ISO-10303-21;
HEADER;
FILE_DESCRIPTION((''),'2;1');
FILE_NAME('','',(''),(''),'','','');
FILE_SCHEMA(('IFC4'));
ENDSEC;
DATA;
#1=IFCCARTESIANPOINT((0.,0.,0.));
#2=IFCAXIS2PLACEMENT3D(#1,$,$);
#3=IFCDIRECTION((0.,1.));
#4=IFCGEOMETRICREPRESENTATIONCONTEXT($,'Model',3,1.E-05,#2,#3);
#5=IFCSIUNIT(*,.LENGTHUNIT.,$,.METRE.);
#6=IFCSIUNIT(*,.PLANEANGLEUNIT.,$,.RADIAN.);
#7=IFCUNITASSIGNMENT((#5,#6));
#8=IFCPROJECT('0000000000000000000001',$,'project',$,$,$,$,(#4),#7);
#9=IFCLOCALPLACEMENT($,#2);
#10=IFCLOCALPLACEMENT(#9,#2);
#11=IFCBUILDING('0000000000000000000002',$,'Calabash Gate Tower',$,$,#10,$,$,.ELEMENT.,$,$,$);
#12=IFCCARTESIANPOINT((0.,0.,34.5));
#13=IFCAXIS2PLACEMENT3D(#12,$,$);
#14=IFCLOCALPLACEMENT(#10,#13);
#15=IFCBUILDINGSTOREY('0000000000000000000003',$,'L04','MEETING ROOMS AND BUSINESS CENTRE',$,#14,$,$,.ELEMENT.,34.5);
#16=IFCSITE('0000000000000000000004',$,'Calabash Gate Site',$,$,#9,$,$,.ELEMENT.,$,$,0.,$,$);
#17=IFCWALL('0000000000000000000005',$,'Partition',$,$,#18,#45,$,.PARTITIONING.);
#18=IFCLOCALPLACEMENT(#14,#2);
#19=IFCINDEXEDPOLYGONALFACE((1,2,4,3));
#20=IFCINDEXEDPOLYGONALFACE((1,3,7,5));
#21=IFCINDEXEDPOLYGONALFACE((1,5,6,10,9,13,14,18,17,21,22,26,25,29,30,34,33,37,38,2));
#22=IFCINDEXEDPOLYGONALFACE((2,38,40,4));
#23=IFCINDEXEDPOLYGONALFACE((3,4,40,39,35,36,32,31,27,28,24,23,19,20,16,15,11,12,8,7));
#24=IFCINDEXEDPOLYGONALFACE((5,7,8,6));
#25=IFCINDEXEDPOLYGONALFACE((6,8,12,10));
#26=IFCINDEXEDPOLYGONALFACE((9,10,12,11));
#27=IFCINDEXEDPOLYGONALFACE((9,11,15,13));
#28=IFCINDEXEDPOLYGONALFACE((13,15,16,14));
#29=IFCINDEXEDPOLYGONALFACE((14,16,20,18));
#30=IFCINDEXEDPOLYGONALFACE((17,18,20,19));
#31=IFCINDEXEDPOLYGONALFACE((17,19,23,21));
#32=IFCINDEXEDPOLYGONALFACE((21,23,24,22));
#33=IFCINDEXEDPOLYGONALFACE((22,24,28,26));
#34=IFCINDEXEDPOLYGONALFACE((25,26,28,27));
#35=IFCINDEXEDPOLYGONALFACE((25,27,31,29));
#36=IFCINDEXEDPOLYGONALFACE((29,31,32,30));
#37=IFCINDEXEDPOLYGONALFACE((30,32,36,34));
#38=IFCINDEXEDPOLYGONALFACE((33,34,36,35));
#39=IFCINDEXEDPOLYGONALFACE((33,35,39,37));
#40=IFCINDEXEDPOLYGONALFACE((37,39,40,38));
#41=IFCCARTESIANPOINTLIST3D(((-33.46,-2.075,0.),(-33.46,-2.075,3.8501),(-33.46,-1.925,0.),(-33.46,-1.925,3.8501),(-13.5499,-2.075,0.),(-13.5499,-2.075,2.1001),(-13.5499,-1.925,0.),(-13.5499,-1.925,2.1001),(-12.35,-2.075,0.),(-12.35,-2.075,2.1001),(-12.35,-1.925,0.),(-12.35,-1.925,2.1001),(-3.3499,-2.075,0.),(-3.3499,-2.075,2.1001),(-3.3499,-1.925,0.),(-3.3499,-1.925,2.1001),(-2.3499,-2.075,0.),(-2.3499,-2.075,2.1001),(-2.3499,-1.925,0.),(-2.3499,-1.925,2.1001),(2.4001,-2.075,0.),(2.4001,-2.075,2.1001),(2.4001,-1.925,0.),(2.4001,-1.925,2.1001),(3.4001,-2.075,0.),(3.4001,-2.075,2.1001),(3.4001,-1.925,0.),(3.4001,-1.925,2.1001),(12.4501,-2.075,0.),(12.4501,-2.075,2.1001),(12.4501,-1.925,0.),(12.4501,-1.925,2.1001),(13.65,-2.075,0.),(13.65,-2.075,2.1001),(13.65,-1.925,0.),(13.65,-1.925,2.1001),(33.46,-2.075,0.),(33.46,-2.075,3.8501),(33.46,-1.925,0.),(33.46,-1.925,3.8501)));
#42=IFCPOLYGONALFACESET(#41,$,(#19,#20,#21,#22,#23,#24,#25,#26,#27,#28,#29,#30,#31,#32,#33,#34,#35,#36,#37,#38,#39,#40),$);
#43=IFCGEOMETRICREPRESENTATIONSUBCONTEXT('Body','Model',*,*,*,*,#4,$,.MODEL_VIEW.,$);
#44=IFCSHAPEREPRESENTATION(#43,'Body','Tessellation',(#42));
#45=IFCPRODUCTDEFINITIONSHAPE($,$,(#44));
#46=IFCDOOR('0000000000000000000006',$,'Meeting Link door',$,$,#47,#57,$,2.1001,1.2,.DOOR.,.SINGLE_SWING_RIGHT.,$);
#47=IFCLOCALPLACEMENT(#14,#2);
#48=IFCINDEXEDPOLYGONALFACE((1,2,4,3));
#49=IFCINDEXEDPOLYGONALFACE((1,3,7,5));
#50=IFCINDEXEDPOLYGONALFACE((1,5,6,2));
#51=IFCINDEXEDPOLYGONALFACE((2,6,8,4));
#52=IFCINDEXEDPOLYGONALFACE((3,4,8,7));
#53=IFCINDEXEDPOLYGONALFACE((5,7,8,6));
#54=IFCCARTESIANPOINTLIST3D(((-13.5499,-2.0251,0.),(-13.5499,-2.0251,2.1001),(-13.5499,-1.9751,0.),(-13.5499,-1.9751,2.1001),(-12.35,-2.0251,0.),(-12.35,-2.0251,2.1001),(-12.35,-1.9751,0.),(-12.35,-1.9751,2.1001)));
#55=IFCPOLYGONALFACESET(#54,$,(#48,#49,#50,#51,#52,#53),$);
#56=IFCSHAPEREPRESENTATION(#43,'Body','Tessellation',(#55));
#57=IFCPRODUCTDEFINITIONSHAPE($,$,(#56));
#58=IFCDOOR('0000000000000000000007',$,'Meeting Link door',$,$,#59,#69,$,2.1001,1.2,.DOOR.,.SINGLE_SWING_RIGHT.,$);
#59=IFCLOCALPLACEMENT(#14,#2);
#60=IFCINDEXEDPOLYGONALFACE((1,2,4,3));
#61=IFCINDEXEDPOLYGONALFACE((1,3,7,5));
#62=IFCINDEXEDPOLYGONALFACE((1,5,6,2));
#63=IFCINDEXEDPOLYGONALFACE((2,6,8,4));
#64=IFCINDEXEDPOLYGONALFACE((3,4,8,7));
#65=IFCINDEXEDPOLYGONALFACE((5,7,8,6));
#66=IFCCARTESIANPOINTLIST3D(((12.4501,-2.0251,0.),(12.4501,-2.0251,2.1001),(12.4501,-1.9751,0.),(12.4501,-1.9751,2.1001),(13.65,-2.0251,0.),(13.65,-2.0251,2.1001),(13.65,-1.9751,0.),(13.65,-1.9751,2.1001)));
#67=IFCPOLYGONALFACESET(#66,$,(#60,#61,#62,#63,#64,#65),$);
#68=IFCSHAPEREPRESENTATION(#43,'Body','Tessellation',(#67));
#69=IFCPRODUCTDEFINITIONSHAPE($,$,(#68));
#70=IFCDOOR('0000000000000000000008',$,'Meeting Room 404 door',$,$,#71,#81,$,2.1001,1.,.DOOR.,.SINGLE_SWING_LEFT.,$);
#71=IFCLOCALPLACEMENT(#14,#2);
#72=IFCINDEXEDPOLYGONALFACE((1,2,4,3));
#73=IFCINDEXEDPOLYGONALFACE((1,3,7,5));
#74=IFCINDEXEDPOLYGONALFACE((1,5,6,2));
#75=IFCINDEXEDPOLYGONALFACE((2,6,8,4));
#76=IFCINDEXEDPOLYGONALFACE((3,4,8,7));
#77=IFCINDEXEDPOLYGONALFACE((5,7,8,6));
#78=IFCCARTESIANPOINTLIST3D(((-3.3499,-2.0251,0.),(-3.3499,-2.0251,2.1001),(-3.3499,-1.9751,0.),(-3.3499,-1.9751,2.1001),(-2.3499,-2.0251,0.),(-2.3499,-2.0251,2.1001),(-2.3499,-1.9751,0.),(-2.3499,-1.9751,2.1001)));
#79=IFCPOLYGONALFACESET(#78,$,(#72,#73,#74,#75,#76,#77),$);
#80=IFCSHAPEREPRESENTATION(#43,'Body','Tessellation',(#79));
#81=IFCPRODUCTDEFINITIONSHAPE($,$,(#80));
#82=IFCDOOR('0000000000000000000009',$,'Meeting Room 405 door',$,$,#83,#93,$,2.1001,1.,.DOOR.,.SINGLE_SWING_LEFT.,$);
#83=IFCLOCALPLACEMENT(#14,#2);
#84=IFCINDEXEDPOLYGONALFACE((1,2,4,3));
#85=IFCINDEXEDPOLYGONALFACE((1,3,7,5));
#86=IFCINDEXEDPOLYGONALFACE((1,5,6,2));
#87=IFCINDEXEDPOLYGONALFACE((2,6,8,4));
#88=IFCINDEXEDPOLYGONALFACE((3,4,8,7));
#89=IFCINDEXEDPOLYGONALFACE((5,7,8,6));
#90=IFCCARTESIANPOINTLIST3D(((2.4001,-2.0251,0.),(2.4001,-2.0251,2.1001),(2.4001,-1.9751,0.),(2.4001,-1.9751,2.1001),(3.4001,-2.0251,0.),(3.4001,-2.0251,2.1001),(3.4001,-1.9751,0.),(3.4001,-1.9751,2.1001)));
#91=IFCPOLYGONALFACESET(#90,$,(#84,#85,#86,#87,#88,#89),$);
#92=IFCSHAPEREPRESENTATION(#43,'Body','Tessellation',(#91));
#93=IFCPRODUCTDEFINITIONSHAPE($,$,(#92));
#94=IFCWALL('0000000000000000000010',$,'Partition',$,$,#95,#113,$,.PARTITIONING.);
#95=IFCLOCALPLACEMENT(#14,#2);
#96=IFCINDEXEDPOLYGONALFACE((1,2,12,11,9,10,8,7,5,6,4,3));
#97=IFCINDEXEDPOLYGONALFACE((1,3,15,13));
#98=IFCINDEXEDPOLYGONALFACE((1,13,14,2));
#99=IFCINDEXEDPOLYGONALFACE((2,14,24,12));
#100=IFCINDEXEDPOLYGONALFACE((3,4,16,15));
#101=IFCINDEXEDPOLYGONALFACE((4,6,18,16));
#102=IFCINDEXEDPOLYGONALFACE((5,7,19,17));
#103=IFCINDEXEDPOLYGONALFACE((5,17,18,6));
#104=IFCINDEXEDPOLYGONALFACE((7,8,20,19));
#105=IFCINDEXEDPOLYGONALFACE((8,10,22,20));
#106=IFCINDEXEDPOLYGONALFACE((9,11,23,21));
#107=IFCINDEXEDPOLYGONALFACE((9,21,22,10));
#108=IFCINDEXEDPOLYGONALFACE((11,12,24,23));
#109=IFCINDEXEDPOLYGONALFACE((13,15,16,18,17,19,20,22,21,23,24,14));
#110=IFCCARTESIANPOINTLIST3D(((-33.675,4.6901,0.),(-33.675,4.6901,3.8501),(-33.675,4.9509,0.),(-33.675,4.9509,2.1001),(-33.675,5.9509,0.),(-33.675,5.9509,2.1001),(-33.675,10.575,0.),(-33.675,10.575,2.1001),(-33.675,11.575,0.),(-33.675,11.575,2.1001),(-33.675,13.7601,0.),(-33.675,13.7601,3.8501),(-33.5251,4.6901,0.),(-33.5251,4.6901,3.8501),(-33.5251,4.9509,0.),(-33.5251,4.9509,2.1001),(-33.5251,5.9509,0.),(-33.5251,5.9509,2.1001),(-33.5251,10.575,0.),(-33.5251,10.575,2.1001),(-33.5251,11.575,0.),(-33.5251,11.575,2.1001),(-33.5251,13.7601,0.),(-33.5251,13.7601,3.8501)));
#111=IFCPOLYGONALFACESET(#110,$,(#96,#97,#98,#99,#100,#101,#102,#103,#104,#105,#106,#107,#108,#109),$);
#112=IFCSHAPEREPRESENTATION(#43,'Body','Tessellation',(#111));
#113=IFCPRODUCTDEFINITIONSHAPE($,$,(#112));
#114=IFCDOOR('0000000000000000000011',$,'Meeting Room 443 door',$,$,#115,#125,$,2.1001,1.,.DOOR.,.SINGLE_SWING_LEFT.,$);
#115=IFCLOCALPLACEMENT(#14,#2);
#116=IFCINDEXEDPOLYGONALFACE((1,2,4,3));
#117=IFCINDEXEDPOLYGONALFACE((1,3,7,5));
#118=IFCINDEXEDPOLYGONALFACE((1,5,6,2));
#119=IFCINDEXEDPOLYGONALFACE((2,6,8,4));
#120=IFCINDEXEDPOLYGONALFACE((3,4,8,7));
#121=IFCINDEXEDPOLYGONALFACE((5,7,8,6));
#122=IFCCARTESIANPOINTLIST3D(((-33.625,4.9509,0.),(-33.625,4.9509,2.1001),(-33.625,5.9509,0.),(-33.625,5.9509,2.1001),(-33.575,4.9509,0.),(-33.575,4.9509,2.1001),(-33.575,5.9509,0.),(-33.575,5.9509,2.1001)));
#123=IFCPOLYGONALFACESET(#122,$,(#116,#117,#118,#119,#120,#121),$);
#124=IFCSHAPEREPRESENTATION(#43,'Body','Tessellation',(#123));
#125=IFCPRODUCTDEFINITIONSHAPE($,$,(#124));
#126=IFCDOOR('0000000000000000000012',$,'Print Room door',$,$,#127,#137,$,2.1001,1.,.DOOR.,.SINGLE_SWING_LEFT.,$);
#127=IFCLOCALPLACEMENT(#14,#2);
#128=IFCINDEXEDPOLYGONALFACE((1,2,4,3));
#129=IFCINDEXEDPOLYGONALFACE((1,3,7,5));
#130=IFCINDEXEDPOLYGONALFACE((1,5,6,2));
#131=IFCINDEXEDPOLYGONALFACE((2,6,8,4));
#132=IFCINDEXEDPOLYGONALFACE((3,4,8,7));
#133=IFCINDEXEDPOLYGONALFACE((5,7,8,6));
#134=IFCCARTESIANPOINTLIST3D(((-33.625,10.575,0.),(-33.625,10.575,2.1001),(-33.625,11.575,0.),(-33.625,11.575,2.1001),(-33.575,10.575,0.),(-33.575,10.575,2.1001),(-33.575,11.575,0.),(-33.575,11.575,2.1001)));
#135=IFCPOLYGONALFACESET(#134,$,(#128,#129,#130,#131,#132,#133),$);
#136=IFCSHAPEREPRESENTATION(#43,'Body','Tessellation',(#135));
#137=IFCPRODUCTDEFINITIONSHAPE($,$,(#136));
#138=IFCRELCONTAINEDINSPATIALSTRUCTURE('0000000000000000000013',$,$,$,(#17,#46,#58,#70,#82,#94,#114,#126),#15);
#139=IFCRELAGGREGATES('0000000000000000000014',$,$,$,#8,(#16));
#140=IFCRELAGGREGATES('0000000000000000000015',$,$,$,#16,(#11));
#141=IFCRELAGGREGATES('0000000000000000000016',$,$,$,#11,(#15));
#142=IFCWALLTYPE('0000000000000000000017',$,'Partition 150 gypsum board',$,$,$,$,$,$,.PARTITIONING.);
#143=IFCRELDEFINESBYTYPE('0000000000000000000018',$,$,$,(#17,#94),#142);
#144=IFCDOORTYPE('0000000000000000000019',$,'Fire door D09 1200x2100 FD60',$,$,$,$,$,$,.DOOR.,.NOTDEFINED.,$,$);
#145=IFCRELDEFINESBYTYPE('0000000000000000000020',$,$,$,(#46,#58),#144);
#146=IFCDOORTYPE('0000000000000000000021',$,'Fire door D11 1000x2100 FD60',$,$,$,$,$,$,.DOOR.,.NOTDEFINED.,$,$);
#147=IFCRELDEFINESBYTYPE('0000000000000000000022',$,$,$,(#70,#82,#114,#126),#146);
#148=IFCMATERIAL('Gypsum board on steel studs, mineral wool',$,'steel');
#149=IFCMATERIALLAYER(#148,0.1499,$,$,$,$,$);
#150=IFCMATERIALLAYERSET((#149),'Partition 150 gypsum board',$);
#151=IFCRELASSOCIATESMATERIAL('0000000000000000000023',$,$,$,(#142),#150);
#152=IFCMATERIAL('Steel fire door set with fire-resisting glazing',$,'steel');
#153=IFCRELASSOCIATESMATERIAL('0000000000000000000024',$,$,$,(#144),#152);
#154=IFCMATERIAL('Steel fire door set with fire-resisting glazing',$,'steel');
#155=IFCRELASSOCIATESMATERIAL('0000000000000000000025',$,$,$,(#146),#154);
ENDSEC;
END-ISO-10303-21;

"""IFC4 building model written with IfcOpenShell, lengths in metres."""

from ifc_helpers import new_model, si_unit, direction, frame, frame_2d, origin, place, context, subcontext, project, spatial, rectangle, extrude, material, layer, layer_set, type_object, element, fill, save


model = new_model("IFC4")

# Units and contexts
model_context = context("Model", 3, precision=1e-05, world=origin(), true_north=direction((0.0, 1.0)))
body_context = subcontext(model_context, "Body", "Model", "MODEL_VIEW")
ifc_project = project(units=[si_unit("LENGTHUNIT", "METRE"), si_unit("PLANEANGLEUNIT", "RADIAN")], contexts=[model_context])

# Site, building, storey
site_placement = place(None, origin())
site = spatial("IfcSite", under=ifc_project, at=site_placement, Name="Calabash Gate Site", CompositionType="ELEMENT", RefElevation=0.0)
building_placement = place(site_placement, origin())
building = spatial("IfcBuilding", under=site, at=building_placement, Name="Calabash Gate Tower", CompositionType="ELEMENT")
storey_placement = place(building_placement, frame((0.0, 0.0, 34.5)))
storey = spatial("IfcBuildingStorey", under=building, at=storey_placement, Name="L04", Description="MEETING ROOMS AND BUSINESS CENTRE", CompositionType="ELEMENT", Elevation=34.5)

# Walls, openings, doors
ifc_material_1 = material(Name="Gypsum board on steel studs, mineral wool", Category="steel")
ifc_layer_1 = layer(ifc_material_1, 0.1499)
ifc_layer_set_1 = layer_set([ifc_layer_1], Name="Partition 150 gypsum board")
wall_type_1 = type_object("IfcWallType", Name="Partition 150 gypsum board", PredefinedType="PARTITIONING", material=ifc_layer_set_1)
wall_1_placement = place(storey_placement, frame((-33.46, -2.0, 0.0), z_axis=(0.0, 0.0, 1.0), x_axis=(1.0, 0.0, 0.0)))
wall_1 = element("IfcWall", 1, at=wall_1_placement, inside=storey, type_object=wall_type_1, Name="Partition", PredefinedType="PARTITIONING", context=body_context, shape_type="SweptSolid", body=[
    extrude(rectangle(XDim=66.9199, YDim=0.1499, at=frame_2d((33.46, 0.0))), origin(), (0.0, 0.0, 1.0), 3.8501),
])
opening_1_placement = place(wall_1_placement, frame((19.9099, 0.0, 0.0)))
opening_1 = element("IfcOpeningElement", 2, at=opening_1_placement, cuts=wall_1, PredefinedType="OPENING", context=body_context, shape_type="SweptSolid", body=[
    extrude(rectangle(XDim=1.2, YDim=2.1001, at=frame_2d((0.6001, 1.05))), frame((0.0, 0.085, 0.0), z_axis=(0.0, -1.0, 0.0), x_axis=(1.0, 0.0, 0.0)), (0.0, 0.0, 1.0), 0.1699),
])
opening_2_placement = place(wall_1_placement, frame((45.9099, 0.0, 0.0)))
opening_2 = element("IfcOpeningElement", 3, at=opening_2_placement, cuts=wall_1, PredefinedType="OPENING", context=body_context, shape_type="SweptSolid", body=[
    extrude(rectangle(XDim=1.2, YDim=2.1001, at=frame_2d((0.6001, 1.05))), frame((0.0, 0.085, 0.0), z_axis=(0.0, -1.0, 0.0), x_axis=(1.0, 0.0, 0.0)), (0.0, 0.0, 1.0), 0.1699),
])
opening_3_placement = place(wall_1_placement, frame((30.1101, 0.0, 0.0)))
opening_3 = element("IfcOpeningElement", 4, at=opening_3_placement, cuts=wall_1, PredefinedType="OPENING", context=body_context, shape_type="SweptSolid", body=[
    extrude(rectangle(XDim=1.0, YDim=2.1001, at=frame_2d((0.5, 1.05))), frame((0.0, 0.085, 0.0), z_axis=(0.0, -1.0, 0.0), x_axis=(1.0, 0.0, 0.0)), (0.0, 0.0, 1.0), 0.1699),
])
opening_4_placement = place(wall_1_placement, frame((35.8601, 0.0, 0.0)))
opening_4 = element("IfcOpeningElement", 5, at=opening_4_placement, cuts=wall_1, PredefinedType="OPENING", context=body_context, shape_type="SweptSolid", body=[
    extrude(rectangle(XDim=1.0, YDim=2.1001, at=frame_2d((0.5, 1.05))), frame((0.0, 0.085, 0.0), z_axis=(0.0, -1.0, 0.0), x_axis=(1.0, 0.0, 0.0)), (0.0, 0.0, 1.0), 0.1699),
])
ifc_material_2 = material(Name="Steel fire door set with fire-resisting glazing", Category="steel")
door_type_1 = type_object("IfcDoorType", Name="Fire door D09 1200x2100 FD60", OperationType="NOTDEFINED", PredefinedType="DOOR", material=ifc_material_2)
door_1_placement = place(opening_1_placement, origin())
door_1 = element("IfcDoor", 6, at=door_1_placement, inside=storey, type_object=door_type_1, Name="Meeting Link door", OperationType="SINGLE_SWING_RIGHT", OverallHeight=2.1001, OverallWidth=1.2, PredefinedType="DOOR", context=body_context, shape_type="SweptSolid", body=[
    extrude(rectangle(XDim=1.2, YDim=2.1001, at=frame_2d((0.6001, 1.05))), frame((0.0, 0.0249, 0.0), z_axis=(0.0, -1.0, 0.0), x_axis=(1.0, 0.0, 0.0)), (0.0, 0.0, 1.0), 0.05),
])
fill(opening_1, door_1)
door_2_placement = place(opening_2_placement, origin())
door_2 = element("IfcDoor", 7, at=door_2_placement, inside=storey, type_object=door_type_1, Name="Meeting Link door", OperationType="SINGLE_SWING_RIGHT", OverallHeight=2.1001, OverallWidth=1.2, PredefinedType="DOOR", context=body_context, shape_type="SweptSolid", body=[
    extrude(rectangle(XDim=1.2, YDim=2.1001, at=frame_2d((0.6001, 1.05))), frame((0.0, 0.0249, 0.0), z_axis=(0.0, -1.0, 0.0), x_axis=(1.0, 0.0, 0.0)), (0.0, 0.0, 1.0), 0.05),
])
fill(opening_2, door_2)
ifc_material_3 = material(Name="Steel fire door set with fire-resisting glazing", Category="steel")
door_type_2 = type_object("IfcDoorType", Name="Fire door D11 1000x2100 FD60", OperationType="NOTDEFINED", PredefinedType="DOOR", material=ifc_material_3)
door_3_placement = place(opening_3_placement, origin())
door_3 = element("IfcDoor", 8, at=door_3_placement, inside=storey, type_object=door_type_2, Name="Meeting Room 404 door", OperationType="SINGLE_SWING_LEFT", OverallHeight=2.1001, OverallWidth=1.0, PredefinedType="DOOR", context=body_context, shape_type="SweptSolid", body=[
    extrude(rectangle(XDim=1.0, YDim=2.1001, at=frame_2d((0.5, 1.05))), frame((0.0, 0.0249, 0.0), z_axis=(0.0, -1.0, 0.0), x_axis=(1.0, 0.0, 0.0)), (0.0, 0.0, 1.0), 0.05),
])
fill(opening_3, door_3)
door_4_placement = place(opening_4_placement, origin())
door_4 = element("IfcDoor", 9, at=door_4_placement, inside=storey, type_object=door_type_2, Name="Meeting Room 405 door", OperationType="SINGLE_SWING_LEFT", OverallHeight=2.1001, OverallWidth=1.0, PredefinedType="DOOR", context=body_context, shape_type="SweptSolid", body=[
    extrude(rectangle(XDim=1.0, YDim=2.1001, at=frame_2d((0.5, 1.05))), frame((0.0, 0.0249, 0.0), z_axis=(0.0, -1.0, 0.0), x_axis=(1.0, 0.0, 0.0)), (0.0, 0.0, 1.0), 0.05),
])
fill(opening_4, door_4)
wall_2_placement = place(storey_placement, frame((-33.6001, 4.6899, 0.0), z_axis=(0.0, 0.0, 1.0), x_axis=(0.0, 1.0, 0.0)))
wall_2 = element("IfcWall", 10, at=wall_2_placement, inside=storey, type_object=wall_type_1, Name="Partition", PredefinedType="PARTITIONING", context=body_context, shape_type="SweptSolid", body=[
    extrude(rectangle(XDim=9.0701, YDim=0.1499, at=frame_2d((4.5352, 0.0))), origin(), (0.0, 0.0, 1.0), 3.8501),
])
opening_5_placement = place(wall_2_placement, frame((0.261, 0.0, 0.0)))
opening_5 = element("IfcOpeningElement", 11, at=opening_5_placement, cuts=wall_2, PredefinedType="OPENING", context=body_context, shape_type="SweptSolid", body=[
    extrude(rectangle(XDim=1.0, YDim=2.1001, at=frame_2d((0.5, 1.05))), frame((0.0, 0.085, 0.0), z_axis=(0.0, -1.0, 0.0), x_axis=(1.0, 0.0, 0.0)), (0.0, 0.0, 1.0), 0.1699),
])
opening_6_placement = place(wall_2_placement, frame((5.885, 0.0, 0.0)))
opening_6 = element("IfcOpeningElement", 12, at=opening_6_placement, cuts=wall_2, PredefinedType="OPENING", context=body_context, shape_type="SweptSolid", body=[
    extrude(rectangle(XDim=1.0, YDim=2.1001, at=frame_2d((0.5, 1.05))), frame((0.0, 0.085, 0.0), z_axis=(0.0, -1.0, 0.0), x_axis=(1.0, 0.0, 0.0)), (0.0, 0.0, 1.0), 0.1699),
])
door_5_placement = place(opening_5_placement, origin())
door_5 = element("IfcDoor", 13, at=door_5_placement, inside=storey, type_object=door_type_2, Name="Meeting Room 443 door", OperationType="SINGLE_SWING_LEFT", OverallHeight=2.1001, OverallWidth=1.0, PredefinedType="DOOR", context=body_context, shape_type="SweptSolid", body=[
    extrude(rectangle(XDim=1.0, YDim=2.1001, at=frame_2d((0.5, 1.05))), frame((0.0, 0.0249, 0.0), z_axis=(0.0, -1.0, 0.0), x_axis=(1.0, 0.0, 0.0)), (0.0, 0.0, 1.0), 0.05),
])
fill(opening_5, door_5)
door_6_placement = place(opening_6_placement, origin())
door_6 = element("IfcDoor", 14, at=door_6_placement, inside=storey, type_object=door_type_2, Name="Print Room door", OperationType="SINGLE_SWING_LEFT", OverallHeight=2.1001, OverallWidth=1.0, PredefinedType="DOOR", context=body_context, shape_type="SweptSolid", body=[
    extrude(rectangle(XDim=1.0, YDim=2.1001, at=frame_2d((0.5, 1.05))), frame((0.0, 0.0249, 0.0), z_axis=(0.0, -1.0, 0.0), x_axis=(1.0, 0.0, 0.0)), (0.0, 0.0, 1.0), 0.05),
])
fill(opening_6, door_6)

save(model, "model.ifc")
